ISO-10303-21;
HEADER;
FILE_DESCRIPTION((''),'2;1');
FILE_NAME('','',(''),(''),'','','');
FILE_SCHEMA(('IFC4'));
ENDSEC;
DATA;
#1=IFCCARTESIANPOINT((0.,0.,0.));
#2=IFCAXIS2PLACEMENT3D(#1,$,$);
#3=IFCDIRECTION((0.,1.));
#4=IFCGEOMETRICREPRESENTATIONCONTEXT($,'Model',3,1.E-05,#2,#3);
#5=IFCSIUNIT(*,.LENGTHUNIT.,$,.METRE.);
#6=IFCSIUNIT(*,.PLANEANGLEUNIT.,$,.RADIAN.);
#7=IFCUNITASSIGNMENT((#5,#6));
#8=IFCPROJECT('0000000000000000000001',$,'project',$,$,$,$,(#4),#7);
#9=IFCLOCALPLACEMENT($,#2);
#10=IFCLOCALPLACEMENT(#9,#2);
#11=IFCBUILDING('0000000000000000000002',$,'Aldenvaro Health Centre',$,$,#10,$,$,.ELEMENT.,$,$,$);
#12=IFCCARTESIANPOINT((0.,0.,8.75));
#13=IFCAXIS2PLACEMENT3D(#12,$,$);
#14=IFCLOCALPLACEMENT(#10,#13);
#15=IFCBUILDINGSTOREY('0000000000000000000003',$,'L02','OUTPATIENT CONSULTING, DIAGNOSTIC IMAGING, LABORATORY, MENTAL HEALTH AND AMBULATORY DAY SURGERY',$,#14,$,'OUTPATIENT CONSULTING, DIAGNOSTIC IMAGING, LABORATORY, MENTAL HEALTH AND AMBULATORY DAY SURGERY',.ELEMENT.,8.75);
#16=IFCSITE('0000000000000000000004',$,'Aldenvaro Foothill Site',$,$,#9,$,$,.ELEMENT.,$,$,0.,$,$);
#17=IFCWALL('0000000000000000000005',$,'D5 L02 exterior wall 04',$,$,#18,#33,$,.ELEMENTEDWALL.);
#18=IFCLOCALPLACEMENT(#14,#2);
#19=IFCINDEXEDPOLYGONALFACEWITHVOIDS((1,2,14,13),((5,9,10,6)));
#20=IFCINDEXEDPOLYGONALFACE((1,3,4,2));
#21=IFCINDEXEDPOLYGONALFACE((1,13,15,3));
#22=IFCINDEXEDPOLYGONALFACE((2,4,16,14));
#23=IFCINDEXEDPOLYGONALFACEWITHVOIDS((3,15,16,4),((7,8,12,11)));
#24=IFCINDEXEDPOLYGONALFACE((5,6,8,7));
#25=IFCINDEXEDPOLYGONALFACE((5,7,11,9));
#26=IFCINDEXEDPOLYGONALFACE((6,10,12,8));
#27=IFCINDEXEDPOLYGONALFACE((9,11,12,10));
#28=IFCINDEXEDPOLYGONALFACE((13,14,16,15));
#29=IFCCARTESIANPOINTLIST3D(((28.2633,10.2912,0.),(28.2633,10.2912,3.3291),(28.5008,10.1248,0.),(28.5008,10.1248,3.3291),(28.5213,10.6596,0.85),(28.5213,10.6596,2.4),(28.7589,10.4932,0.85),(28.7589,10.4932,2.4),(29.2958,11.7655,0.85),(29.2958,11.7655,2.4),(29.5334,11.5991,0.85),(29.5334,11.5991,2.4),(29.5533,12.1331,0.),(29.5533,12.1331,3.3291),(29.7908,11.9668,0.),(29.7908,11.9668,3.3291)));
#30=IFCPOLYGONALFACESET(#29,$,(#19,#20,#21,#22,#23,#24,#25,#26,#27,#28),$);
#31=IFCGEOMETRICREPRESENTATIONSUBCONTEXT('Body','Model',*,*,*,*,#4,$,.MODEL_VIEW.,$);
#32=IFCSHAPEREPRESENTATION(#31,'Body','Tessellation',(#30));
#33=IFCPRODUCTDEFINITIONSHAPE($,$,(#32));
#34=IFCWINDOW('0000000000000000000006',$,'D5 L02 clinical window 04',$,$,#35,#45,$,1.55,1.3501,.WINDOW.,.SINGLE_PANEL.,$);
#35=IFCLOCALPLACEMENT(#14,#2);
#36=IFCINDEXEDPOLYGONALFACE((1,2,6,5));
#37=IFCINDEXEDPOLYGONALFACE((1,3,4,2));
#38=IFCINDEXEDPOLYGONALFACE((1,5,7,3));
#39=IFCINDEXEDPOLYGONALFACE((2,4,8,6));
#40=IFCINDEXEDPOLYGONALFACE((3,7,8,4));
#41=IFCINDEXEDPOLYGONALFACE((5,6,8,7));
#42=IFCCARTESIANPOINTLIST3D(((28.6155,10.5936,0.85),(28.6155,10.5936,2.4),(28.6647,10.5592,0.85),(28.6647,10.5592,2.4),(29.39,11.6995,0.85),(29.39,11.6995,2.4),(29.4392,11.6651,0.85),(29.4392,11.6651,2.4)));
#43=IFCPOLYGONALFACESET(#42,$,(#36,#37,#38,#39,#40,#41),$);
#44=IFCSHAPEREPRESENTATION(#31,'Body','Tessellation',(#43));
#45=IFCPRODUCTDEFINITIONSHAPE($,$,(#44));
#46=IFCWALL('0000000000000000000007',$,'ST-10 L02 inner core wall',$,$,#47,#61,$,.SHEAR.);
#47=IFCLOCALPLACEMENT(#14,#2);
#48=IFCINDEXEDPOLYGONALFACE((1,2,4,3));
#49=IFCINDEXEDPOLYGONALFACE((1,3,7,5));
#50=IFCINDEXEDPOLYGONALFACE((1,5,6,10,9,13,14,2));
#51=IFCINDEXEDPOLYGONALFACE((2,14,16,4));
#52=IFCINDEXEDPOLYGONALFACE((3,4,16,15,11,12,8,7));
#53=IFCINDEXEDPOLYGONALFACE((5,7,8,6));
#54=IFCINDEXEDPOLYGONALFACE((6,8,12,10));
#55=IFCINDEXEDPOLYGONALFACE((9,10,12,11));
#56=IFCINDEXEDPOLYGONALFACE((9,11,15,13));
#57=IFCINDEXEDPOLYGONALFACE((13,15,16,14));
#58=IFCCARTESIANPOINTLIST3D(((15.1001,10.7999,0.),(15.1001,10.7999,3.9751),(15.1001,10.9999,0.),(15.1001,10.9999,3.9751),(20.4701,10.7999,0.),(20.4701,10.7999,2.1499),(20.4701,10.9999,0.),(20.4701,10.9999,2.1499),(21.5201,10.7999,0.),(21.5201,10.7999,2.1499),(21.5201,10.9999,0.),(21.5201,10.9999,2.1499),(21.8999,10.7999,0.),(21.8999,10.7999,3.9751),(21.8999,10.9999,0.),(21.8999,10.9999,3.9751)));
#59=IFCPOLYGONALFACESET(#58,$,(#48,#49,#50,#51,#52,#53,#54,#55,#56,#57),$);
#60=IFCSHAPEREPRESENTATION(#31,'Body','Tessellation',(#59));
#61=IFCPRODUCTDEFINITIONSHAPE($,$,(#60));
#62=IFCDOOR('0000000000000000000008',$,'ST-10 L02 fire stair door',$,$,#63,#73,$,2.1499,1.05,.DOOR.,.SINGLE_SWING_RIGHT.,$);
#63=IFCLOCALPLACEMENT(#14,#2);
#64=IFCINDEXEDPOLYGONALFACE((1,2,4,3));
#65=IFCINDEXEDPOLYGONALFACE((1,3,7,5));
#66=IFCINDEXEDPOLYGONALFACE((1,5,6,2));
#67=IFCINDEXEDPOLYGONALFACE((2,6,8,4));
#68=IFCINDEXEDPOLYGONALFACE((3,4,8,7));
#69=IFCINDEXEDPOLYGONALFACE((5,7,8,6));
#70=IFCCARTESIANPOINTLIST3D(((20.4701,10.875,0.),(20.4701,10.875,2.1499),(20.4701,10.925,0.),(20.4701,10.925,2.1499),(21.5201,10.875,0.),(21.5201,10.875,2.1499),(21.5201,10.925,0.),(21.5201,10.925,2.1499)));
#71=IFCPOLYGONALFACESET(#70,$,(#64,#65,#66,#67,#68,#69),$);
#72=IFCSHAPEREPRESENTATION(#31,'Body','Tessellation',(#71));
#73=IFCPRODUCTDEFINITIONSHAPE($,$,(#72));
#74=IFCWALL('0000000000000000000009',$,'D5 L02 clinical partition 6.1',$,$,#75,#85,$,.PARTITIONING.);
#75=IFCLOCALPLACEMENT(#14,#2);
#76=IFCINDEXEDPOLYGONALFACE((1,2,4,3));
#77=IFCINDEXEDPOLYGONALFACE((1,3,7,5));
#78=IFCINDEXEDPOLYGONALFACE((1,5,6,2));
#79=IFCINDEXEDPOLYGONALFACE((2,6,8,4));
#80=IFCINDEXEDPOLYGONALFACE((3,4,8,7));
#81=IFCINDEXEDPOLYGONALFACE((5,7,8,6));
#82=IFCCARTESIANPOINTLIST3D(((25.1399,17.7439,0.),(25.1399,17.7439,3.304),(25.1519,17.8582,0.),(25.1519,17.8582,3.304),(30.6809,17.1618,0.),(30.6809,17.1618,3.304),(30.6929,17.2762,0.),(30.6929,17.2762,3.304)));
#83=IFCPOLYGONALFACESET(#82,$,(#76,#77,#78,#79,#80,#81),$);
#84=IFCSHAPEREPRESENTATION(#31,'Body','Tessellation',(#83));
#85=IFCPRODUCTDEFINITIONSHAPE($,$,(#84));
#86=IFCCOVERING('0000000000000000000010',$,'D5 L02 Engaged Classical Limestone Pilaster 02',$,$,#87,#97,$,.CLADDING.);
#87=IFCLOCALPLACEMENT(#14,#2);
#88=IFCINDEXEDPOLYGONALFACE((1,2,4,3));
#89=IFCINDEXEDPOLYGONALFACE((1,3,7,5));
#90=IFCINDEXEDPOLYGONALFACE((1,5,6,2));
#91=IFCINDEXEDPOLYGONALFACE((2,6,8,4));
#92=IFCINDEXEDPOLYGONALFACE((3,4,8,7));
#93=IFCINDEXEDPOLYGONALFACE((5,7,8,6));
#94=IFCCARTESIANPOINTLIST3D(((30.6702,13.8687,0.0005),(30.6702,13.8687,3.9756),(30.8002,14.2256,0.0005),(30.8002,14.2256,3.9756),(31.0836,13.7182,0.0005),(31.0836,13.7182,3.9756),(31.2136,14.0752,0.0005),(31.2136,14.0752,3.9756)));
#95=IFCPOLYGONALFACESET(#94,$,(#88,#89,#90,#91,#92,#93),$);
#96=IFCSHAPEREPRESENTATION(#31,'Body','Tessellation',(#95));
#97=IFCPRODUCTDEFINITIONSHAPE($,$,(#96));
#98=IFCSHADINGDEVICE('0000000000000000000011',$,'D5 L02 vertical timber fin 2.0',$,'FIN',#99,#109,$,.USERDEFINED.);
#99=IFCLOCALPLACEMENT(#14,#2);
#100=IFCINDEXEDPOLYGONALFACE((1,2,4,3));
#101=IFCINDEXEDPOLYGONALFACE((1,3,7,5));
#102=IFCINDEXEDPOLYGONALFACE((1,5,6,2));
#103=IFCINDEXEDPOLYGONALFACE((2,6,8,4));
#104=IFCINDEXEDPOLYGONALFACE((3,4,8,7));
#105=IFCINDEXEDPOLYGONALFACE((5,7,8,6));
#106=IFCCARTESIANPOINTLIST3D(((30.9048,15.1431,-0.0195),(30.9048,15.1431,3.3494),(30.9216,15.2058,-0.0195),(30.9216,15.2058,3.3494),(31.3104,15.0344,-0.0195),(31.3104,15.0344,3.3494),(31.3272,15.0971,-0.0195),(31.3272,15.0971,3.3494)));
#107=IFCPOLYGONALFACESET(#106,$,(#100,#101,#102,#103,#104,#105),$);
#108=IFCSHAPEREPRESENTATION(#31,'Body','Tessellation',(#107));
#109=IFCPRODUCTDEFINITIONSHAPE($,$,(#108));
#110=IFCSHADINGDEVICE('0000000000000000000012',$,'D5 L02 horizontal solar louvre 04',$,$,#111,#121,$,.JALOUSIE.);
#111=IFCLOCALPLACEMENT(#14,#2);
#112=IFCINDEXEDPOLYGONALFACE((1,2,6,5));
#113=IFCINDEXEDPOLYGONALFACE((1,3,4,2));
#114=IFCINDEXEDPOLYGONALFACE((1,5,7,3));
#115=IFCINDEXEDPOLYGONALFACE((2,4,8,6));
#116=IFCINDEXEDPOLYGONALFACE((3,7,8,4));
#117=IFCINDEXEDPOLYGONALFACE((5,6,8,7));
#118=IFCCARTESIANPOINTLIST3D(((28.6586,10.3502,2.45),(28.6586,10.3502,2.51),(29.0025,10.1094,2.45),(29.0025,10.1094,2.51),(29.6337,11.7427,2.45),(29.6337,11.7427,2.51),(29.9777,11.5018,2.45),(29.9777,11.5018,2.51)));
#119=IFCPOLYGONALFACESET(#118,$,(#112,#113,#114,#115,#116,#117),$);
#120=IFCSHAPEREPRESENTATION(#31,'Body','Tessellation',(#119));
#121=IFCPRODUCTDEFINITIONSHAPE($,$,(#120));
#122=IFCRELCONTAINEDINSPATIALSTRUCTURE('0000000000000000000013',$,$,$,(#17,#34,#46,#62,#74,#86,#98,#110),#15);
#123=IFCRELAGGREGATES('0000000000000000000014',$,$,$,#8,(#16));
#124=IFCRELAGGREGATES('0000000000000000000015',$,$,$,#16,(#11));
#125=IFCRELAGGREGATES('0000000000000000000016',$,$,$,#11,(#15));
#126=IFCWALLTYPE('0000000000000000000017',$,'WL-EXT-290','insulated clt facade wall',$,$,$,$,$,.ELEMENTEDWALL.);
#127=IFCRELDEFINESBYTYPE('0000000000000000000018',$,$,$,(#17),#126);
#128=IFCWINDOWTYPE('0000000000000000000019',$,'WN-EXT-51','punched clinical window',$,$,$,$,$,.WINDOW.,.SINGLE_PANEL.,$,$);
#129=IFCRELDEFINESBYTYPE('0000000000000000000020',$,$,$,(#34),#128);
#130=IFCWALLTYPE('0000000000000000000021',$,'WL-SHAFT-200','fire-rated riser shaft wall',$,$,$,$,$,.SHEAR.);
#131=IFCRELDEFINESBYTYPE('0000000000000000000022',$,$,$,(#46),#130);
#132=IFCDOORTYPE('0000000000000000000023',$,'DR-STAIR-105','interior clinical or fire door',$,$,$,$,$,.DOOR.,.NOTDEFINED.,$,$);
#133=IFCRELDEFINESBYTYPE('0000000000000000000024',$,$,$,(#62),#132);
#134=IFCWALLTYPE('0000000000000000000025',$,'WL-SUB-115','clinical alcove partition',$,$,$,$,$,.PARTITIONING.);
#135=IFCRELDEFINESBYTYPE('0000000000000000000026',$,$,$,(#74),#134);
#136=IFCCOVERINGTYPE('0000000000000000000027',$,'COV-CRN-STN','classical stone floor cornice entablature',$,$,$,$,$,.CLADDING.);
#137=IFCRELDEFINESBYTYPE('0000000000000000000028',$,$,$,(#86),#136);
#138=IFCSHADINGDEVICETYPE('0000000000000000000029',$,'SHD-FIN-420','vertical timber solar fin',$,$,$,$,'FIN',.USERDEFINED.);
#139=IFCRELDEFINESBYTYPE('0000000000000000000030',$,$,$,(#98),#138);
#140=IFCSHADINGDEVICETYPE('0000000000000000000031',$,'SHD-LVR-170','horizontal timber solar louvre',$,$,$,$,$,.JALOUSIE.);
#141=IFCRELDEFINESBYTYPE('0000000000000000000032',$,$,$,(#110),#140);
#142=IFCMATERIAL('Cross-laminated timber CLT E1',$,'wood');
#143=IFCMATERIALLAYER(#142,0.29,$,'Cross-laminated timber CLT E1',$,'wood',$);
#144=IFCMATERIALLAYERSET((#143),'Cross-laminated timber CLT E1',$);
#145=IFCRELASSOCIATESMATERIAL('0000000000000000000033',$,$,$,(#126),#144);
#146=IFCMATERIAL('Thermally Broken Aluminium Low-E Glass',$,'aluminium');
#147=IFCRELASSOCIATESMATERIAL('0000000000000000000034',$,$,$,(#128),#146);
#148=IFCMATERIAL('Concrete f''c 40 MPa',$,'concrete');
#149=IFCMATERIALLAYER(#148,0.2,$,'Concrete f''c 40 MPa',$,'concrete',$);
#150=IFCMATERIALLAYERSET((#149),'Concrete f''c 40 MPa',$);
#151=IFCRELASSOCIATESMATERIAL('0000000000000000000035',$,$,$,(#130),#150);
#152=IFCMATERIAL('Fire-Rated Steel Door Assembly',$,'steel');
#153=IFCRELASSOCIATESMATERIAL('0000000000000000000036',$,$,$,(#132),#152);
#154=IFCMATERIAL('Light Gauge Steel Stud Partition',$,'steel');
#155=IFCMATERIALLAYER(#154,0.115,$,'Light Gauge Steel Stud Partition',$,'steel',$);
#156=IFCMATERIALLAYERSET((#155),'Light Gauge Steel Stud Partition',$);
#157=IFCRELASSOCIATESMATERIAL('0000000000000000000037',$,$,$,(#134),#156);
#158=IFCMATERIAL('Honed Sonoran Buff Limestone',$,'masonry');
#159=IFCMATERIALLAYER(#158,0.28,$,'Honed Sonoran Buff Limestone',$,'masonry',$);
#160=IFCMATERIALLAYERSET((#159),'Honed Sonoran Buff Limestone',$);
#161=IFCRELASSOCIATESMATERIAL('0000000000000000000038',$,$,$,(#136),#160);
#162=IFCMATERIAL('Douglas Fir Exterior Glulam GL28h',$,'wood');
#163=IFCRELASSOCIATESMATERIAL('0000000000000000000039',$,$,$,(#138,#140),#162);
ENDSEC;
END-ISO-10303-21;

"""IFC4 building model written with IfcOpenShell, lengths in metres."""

from ifc_helpers import new_model, si_unit, direction, frame, frame_2d, origin, origin_2d, place, context, subcontext, project, spatial, rectangle, extrude, material, layer, layer_set, type_object, element, fill, save


model = new_model("IFC4")

# Units and contexts
model_context = context("Model", 3, precision=1e-05, world=origin(), true_north=direction((0.0, 1.0)))
body_context = subcontext(model_context, "Body", "Model", "MODEL_VIEW")
ifc_project = project(units=[si_unit("LENGTHUNIT", "METRE"), si_unit("PLANEANGLEUNIT", "RADIAN")], contexts=[model_context])

# Site, building, storey
site_placement = place(None, origin())
site = spatial("IfcSite", under=ifc_project, at=site_placement, Name="Aldenvaro Foothill Site", CompositionType="ELEMENT", RefElevation=0.0)
building_placement = place(site_placement, origin())
building = spatial("IfcBuilding", under=site, at=building_placement, Name="Aldenvaro Health Centre", CompositionType="ELEMENT")
storey_placement = place(building_placement, frame((0.0, 0.0, 8.75)))
storey = spatial("IfcBuildingStorey", under=building, at=storey_placement, Name="L02", Description="OUTPATIENT CONSULTING, DIAGNOSTIC IMAGING, LABORATORY, MENTAL HEALTH AND AMBULATORY DAY SURGERY", LongName="OUTPATIENT CONSULTING, DIAGNOSTIC IMAGING, LABORATORY, MENTAL HEALTH AND AMBULATORY DAY SURGERY", CompositionType="ELEMENT", Elevation=8.75)

# Wall, opening, window
ifc_material_1 = material(Name="Cross-laminated timber CLT E1", Category="wood")
ifc_layer_1 = layer(ifc_material_1, 0.29, Name="Cross-laminated timber CLT E1", Category="wood")
ifc_layer_set_1 = layer_set([ifc_layer_1], Name="Cross-laminated timber CLT E1")
wall_type_1 = type_object("IfcWallType", Name="WL-EXT-290", Description="insulated clt facade wall", PredefinedType="ELEMENTEDWALL", material=ifc_layer_set_1)
ifc_material_2 = material(Name="Thermally Broken Aluminium Low-E Glass", Category="aluminium")
wall_1_placement = place(storey_placement, frame((29.6721, 12.05, 0.0), z_axis=(0.0, 0.0, 1.0), x_axis=(-0.573644, -0.819104, 0.0)))
wall_1 = element("IfcWall", 1, at=wall_1_placement, inside=storey, type_object=wall_type_1, Name="D5 L02 exterior wall 04", PredefinedType="ELEMENTEDWALL", context=body_context, shape_type="SweptSolid", body=[
    extrude(rectangle(XDim=2.2488, YDim=0.29, at=frame_2d((1.1245, 0.0))), origin(), (0.0, 0.0, 1.0), 3.3291),
])
opening_1_placement = place(wall_1_placement, frame((0.449, 0.0, 0.8501)))
opening_1 = element("IfcOpeningElement", 2, at=opening_1_placement, cuts=wall_1, PredefinedType="OPENING", context=body_context, shape_type="SweptSolid", body=[
    extrude(rectangle(XDim=1.3501, YDim=1.55, at=frame_2d((0.675, 0.7749))), frame((0.0, 0.155, 0.0), z_axis=(0.0, -1.0, 0.0), x_axis=(1.0, 0.0, 0.0)), (0.0, 0.0, 1.0), 0.3101),
])
window_type_1 = type_object("IfcWindowType", Name="WN-EXT-51", Description="punched clinical window", PartitioningType="SINGLE_PANEL", PredefinedType="WINDOW", material=ifc_material_2)
window_1_placement = place(opening_1_placement, origin())
window_1 = element("IfcWindow", 3, at=window_1_placement, inside=storey, type_object=window_type_1, Name="D5 L02 clinical window 04", OverallHeight=1.55, OverallWidth=1.3501, PartitioningType="SINGLE_PANEL", PredefinedType="WINDOW", context=body_context, shape_type="SweptSolid", body=[
    extrude(rectangle(XDim=1.3501, YDim=1.55, at=frame_2d((0.675, 0.7749))), frame((0.0, 0.03, 0.0), z_axis=(0.0, -1.0, 0.0), x_axis=(1.0, 0.0, 0.0)), (0.0, 0.0, 1.0), 0.0601),
])
fill(opening_1, window_1)

# Wall, opening, door
ifc_material_3 = material(Name="Concrete f'c 40 MPa", Category="concrete")
ifc_layer_2 = layer(ifc_material_3, 0.2, Name="Concrete f'c 40 MPa", Category="concrete")
ifc_layer_set_2 = layer_set([ifc_layer_2], Name="Concrete f'c 40 MPa")
wall_type_2 = type_object("IfcWallType", Name="WL-SHAFT-200", Description="fire-rated riser shaft wall", PredefinedType="SHEAR", material=ifc_layer_set_2)
wall_2_placement = place(storey_placement, frame((21.8999, 10.8999, 0.0), z_axis=(0.0, 0.0, 1.0), x_axis=(-1.0, 0.0, 0.0)))
wall_2 = element("IfcWall", 4, at=wall_2_placement, inside=storey, type_object=wall_type_2, Name="ST-10 L02 inner core wall", PredefinedType="SHEAR", context=body_context, shape_type="SweptSolid", body=[
    extrude(rectangle(XDim=6.7998, YDim=0.2, at=frame_2d((3.3999, 0.0))), origin(), (0.0, 0.0, 1.0), 3.9751),
])
opening_2_placement = place(wall_2_placement, frame((0.3799, 0.0, 0.0)))
opening_2 = element("IfcOpeningElement", 5, at=opening_2_placement, cuts=wall_2, PredefinedType="OPENING", context=body_context, shape_type="SweptSolid", body=[
    extrude(rectangle(XDim=1.05, YDim=2.1499, at=frame_2d((0.5249, 1.075))), frame((0.0, 0.1099, 0.0), z_axis=(0.0, -1.0, 0.0), x_axis=(1.0, 0.0, 0.0)), (0.0, 0.0, 1.0), 0.22),
])
ifc_material_4 = material(Name="Fire-Rated Steel Door Assembly", Category="steel")
door_type_1 = type_object("IfcDoorType", Name="DR-STAIR-105", Description="interior clinical or fire door", OperationType="NOTDEFINED", PredefinedType="DOOR", material=ifc_material_4)
door_1_placement = place(opening_2_placement, origin())
door_1 = element("IfcDoor", 6, at=door_1_placement, inside=storey, type_object=door_type_1, Name="ST-10 L02 fire stair door", OperationType="SINGLE_SWING_RIGHT", OverallHeight=2.1499, OverallWidth=1.05, PredefinedType="DOOR", context=body_context, shape_type="SweptSolid", body=[
    extrude(rectangle(XDim=1.05, YDim=2.1499, at=frame_2d((0.5249, 1.075))), frame((0.0, 0.0249, 0.0), z_axis=(0.0, -1.0, 0.0), x_axis=(1.0, 0.0, 0.0)), (0.0, 0.0, 1.0), 0.05),
])
fill(opening_2, door_1)

# Wall
ifc_material_5 = material(Name="Light Gauge Steel Stud Partition", Category="steel")
ifc_layer_3 = layer(ifc_material_5, 0.115, Name="Light Gauge Steel Stud Partition", Category="steel")
ifc_layer_set_3 = layer_set([ifc_layer_3], Name="Light Gauge Steel Stud Partition")
wall_type_3 = type_object("IfcWallType", Name="WL-SUB-115", Description="clinical alcove partition", PredefinedType="PARTITIONING", material=ifc_layer_set_3)
wall_3_placement = place(storey_placement, frame((25.146, 17.801, 0.0), z_axis=(0.0, 0.0, 1.0), x_axis=(0.994528, -0.104466, 0.0)))
element("IfcWall", 7, at=wall_3_placement, inside=storey, type_object=wall_type_3, Name="D5 L02 clinical partition 6.1", PredefinedType="PARTITIONING", context=body_context, shape_type="SweptSolid", body=[
    extrude(rectangle(XDim=5.5715, YDim=0.115, at=frame_2d((2.7856, 0.0))), origin(), (0.0, 0.0, 1.0), 3.304),
])

# Covering
ifc_material_6 = material(Name="Honed Sonoran Buff Limestone", Category="masonry")
ifc_layer_4 = layer(ifc_material_6, 0.28, Name="Honed Sonoran Buff Limestone", Category="masonry")
ifc_layer_set_4 = layer_set([ifc_layer_4], Name="Honed Sonoran Buff Limestone")
covering_type = type_object("IfcCoveringType", Name="COV-CRN-STN", Description="classical stone floor cornice entablature", PredefinedType="CLADDING", material=ifc_layer_set_4)
covering_placement = place(storey_placement, frame((30.9419, 13.9719, 0.0005), z_axis=(0.0, 0.0, 1.0), x_axis=(0.939694, -0.342017, 0.0)))
element("IfcCovering", 8, at=covering_placement, inside=storey, type_object=covering_type, Name="D5 L02 Engaged Classical Limestone Pilaster 02", PredefinedType="CLADDING", context=body_context, shape_type="SweptSolid", body=[
    extrude(rectangle(XDim=0.4399, YDim=0.3799, at=origin_2d()), origin(), (0.0, 0.0, 1.0), 3.9751),
])

# Shading devices
ifc_material_7 = material(Name="Douglas Fir Exterior Glulam GL28h", Category="wood")
shading_device_type_1 = type_object("IfcShadingDeviceType", Name="SHD-FIN-420", Description="vertical timber solar fin", ElementType="FIN", PredefinedType="USERDEFINED", material=ifc_material_7)
shading_device_1_placement = place(storey_placement, frame((31.116, 15.1201, -0.0195), z_axis=(0.0, 0.0, 1.0), x_axis=(-0.258825, -0.965924, 0.0)))
element("IfcShadingDevice", 9, at=shading_device_1_placement, inside=storey, type_object=shading_device_type_1, Name="D5 L02 vertical timber fin 2.0", ObjectType="FIN", PredefinedType="USERDEFINED", context=body_context, shape_type="SweptSolid", body=[
    extrude(rectangle(XDim=0.0649, YDim=0.4199, at=origin_2d()), origin(), (0.0, 0.0, 1.0), 3.3689),
])
shading_device_type_2 = type_object("IfcShadingDeviceType", Name="SHD-LVR-170", Description="horizontal timber solar louvre", PredefinedType="JALOUSIE", material=ifc_material_7)
shading_device_2_placement = place(storey_placement, frame((29.3181, 10.926, 2.45), z_axis=(0.0, 0.0, 1.0), x_axis=(-0.573641, -0.819107, 0.0)))
element("IfcShadingDevice", 10, at=shading_device_2_placement, inside=storey, type_object=shading_device_type_2, Name="D5 L02 horizontal solar louvre 04", PredefinedType="JALOUSIE", context=body_context, shape_type="SweptSolid", body=[
    extrude(rectangle(XDim=1.7, YDim=0.4199, at=origin_2d()), origin(), (0.0, 0.0, 1.0), 0.0601),
])

save(model, "model.ifc")
